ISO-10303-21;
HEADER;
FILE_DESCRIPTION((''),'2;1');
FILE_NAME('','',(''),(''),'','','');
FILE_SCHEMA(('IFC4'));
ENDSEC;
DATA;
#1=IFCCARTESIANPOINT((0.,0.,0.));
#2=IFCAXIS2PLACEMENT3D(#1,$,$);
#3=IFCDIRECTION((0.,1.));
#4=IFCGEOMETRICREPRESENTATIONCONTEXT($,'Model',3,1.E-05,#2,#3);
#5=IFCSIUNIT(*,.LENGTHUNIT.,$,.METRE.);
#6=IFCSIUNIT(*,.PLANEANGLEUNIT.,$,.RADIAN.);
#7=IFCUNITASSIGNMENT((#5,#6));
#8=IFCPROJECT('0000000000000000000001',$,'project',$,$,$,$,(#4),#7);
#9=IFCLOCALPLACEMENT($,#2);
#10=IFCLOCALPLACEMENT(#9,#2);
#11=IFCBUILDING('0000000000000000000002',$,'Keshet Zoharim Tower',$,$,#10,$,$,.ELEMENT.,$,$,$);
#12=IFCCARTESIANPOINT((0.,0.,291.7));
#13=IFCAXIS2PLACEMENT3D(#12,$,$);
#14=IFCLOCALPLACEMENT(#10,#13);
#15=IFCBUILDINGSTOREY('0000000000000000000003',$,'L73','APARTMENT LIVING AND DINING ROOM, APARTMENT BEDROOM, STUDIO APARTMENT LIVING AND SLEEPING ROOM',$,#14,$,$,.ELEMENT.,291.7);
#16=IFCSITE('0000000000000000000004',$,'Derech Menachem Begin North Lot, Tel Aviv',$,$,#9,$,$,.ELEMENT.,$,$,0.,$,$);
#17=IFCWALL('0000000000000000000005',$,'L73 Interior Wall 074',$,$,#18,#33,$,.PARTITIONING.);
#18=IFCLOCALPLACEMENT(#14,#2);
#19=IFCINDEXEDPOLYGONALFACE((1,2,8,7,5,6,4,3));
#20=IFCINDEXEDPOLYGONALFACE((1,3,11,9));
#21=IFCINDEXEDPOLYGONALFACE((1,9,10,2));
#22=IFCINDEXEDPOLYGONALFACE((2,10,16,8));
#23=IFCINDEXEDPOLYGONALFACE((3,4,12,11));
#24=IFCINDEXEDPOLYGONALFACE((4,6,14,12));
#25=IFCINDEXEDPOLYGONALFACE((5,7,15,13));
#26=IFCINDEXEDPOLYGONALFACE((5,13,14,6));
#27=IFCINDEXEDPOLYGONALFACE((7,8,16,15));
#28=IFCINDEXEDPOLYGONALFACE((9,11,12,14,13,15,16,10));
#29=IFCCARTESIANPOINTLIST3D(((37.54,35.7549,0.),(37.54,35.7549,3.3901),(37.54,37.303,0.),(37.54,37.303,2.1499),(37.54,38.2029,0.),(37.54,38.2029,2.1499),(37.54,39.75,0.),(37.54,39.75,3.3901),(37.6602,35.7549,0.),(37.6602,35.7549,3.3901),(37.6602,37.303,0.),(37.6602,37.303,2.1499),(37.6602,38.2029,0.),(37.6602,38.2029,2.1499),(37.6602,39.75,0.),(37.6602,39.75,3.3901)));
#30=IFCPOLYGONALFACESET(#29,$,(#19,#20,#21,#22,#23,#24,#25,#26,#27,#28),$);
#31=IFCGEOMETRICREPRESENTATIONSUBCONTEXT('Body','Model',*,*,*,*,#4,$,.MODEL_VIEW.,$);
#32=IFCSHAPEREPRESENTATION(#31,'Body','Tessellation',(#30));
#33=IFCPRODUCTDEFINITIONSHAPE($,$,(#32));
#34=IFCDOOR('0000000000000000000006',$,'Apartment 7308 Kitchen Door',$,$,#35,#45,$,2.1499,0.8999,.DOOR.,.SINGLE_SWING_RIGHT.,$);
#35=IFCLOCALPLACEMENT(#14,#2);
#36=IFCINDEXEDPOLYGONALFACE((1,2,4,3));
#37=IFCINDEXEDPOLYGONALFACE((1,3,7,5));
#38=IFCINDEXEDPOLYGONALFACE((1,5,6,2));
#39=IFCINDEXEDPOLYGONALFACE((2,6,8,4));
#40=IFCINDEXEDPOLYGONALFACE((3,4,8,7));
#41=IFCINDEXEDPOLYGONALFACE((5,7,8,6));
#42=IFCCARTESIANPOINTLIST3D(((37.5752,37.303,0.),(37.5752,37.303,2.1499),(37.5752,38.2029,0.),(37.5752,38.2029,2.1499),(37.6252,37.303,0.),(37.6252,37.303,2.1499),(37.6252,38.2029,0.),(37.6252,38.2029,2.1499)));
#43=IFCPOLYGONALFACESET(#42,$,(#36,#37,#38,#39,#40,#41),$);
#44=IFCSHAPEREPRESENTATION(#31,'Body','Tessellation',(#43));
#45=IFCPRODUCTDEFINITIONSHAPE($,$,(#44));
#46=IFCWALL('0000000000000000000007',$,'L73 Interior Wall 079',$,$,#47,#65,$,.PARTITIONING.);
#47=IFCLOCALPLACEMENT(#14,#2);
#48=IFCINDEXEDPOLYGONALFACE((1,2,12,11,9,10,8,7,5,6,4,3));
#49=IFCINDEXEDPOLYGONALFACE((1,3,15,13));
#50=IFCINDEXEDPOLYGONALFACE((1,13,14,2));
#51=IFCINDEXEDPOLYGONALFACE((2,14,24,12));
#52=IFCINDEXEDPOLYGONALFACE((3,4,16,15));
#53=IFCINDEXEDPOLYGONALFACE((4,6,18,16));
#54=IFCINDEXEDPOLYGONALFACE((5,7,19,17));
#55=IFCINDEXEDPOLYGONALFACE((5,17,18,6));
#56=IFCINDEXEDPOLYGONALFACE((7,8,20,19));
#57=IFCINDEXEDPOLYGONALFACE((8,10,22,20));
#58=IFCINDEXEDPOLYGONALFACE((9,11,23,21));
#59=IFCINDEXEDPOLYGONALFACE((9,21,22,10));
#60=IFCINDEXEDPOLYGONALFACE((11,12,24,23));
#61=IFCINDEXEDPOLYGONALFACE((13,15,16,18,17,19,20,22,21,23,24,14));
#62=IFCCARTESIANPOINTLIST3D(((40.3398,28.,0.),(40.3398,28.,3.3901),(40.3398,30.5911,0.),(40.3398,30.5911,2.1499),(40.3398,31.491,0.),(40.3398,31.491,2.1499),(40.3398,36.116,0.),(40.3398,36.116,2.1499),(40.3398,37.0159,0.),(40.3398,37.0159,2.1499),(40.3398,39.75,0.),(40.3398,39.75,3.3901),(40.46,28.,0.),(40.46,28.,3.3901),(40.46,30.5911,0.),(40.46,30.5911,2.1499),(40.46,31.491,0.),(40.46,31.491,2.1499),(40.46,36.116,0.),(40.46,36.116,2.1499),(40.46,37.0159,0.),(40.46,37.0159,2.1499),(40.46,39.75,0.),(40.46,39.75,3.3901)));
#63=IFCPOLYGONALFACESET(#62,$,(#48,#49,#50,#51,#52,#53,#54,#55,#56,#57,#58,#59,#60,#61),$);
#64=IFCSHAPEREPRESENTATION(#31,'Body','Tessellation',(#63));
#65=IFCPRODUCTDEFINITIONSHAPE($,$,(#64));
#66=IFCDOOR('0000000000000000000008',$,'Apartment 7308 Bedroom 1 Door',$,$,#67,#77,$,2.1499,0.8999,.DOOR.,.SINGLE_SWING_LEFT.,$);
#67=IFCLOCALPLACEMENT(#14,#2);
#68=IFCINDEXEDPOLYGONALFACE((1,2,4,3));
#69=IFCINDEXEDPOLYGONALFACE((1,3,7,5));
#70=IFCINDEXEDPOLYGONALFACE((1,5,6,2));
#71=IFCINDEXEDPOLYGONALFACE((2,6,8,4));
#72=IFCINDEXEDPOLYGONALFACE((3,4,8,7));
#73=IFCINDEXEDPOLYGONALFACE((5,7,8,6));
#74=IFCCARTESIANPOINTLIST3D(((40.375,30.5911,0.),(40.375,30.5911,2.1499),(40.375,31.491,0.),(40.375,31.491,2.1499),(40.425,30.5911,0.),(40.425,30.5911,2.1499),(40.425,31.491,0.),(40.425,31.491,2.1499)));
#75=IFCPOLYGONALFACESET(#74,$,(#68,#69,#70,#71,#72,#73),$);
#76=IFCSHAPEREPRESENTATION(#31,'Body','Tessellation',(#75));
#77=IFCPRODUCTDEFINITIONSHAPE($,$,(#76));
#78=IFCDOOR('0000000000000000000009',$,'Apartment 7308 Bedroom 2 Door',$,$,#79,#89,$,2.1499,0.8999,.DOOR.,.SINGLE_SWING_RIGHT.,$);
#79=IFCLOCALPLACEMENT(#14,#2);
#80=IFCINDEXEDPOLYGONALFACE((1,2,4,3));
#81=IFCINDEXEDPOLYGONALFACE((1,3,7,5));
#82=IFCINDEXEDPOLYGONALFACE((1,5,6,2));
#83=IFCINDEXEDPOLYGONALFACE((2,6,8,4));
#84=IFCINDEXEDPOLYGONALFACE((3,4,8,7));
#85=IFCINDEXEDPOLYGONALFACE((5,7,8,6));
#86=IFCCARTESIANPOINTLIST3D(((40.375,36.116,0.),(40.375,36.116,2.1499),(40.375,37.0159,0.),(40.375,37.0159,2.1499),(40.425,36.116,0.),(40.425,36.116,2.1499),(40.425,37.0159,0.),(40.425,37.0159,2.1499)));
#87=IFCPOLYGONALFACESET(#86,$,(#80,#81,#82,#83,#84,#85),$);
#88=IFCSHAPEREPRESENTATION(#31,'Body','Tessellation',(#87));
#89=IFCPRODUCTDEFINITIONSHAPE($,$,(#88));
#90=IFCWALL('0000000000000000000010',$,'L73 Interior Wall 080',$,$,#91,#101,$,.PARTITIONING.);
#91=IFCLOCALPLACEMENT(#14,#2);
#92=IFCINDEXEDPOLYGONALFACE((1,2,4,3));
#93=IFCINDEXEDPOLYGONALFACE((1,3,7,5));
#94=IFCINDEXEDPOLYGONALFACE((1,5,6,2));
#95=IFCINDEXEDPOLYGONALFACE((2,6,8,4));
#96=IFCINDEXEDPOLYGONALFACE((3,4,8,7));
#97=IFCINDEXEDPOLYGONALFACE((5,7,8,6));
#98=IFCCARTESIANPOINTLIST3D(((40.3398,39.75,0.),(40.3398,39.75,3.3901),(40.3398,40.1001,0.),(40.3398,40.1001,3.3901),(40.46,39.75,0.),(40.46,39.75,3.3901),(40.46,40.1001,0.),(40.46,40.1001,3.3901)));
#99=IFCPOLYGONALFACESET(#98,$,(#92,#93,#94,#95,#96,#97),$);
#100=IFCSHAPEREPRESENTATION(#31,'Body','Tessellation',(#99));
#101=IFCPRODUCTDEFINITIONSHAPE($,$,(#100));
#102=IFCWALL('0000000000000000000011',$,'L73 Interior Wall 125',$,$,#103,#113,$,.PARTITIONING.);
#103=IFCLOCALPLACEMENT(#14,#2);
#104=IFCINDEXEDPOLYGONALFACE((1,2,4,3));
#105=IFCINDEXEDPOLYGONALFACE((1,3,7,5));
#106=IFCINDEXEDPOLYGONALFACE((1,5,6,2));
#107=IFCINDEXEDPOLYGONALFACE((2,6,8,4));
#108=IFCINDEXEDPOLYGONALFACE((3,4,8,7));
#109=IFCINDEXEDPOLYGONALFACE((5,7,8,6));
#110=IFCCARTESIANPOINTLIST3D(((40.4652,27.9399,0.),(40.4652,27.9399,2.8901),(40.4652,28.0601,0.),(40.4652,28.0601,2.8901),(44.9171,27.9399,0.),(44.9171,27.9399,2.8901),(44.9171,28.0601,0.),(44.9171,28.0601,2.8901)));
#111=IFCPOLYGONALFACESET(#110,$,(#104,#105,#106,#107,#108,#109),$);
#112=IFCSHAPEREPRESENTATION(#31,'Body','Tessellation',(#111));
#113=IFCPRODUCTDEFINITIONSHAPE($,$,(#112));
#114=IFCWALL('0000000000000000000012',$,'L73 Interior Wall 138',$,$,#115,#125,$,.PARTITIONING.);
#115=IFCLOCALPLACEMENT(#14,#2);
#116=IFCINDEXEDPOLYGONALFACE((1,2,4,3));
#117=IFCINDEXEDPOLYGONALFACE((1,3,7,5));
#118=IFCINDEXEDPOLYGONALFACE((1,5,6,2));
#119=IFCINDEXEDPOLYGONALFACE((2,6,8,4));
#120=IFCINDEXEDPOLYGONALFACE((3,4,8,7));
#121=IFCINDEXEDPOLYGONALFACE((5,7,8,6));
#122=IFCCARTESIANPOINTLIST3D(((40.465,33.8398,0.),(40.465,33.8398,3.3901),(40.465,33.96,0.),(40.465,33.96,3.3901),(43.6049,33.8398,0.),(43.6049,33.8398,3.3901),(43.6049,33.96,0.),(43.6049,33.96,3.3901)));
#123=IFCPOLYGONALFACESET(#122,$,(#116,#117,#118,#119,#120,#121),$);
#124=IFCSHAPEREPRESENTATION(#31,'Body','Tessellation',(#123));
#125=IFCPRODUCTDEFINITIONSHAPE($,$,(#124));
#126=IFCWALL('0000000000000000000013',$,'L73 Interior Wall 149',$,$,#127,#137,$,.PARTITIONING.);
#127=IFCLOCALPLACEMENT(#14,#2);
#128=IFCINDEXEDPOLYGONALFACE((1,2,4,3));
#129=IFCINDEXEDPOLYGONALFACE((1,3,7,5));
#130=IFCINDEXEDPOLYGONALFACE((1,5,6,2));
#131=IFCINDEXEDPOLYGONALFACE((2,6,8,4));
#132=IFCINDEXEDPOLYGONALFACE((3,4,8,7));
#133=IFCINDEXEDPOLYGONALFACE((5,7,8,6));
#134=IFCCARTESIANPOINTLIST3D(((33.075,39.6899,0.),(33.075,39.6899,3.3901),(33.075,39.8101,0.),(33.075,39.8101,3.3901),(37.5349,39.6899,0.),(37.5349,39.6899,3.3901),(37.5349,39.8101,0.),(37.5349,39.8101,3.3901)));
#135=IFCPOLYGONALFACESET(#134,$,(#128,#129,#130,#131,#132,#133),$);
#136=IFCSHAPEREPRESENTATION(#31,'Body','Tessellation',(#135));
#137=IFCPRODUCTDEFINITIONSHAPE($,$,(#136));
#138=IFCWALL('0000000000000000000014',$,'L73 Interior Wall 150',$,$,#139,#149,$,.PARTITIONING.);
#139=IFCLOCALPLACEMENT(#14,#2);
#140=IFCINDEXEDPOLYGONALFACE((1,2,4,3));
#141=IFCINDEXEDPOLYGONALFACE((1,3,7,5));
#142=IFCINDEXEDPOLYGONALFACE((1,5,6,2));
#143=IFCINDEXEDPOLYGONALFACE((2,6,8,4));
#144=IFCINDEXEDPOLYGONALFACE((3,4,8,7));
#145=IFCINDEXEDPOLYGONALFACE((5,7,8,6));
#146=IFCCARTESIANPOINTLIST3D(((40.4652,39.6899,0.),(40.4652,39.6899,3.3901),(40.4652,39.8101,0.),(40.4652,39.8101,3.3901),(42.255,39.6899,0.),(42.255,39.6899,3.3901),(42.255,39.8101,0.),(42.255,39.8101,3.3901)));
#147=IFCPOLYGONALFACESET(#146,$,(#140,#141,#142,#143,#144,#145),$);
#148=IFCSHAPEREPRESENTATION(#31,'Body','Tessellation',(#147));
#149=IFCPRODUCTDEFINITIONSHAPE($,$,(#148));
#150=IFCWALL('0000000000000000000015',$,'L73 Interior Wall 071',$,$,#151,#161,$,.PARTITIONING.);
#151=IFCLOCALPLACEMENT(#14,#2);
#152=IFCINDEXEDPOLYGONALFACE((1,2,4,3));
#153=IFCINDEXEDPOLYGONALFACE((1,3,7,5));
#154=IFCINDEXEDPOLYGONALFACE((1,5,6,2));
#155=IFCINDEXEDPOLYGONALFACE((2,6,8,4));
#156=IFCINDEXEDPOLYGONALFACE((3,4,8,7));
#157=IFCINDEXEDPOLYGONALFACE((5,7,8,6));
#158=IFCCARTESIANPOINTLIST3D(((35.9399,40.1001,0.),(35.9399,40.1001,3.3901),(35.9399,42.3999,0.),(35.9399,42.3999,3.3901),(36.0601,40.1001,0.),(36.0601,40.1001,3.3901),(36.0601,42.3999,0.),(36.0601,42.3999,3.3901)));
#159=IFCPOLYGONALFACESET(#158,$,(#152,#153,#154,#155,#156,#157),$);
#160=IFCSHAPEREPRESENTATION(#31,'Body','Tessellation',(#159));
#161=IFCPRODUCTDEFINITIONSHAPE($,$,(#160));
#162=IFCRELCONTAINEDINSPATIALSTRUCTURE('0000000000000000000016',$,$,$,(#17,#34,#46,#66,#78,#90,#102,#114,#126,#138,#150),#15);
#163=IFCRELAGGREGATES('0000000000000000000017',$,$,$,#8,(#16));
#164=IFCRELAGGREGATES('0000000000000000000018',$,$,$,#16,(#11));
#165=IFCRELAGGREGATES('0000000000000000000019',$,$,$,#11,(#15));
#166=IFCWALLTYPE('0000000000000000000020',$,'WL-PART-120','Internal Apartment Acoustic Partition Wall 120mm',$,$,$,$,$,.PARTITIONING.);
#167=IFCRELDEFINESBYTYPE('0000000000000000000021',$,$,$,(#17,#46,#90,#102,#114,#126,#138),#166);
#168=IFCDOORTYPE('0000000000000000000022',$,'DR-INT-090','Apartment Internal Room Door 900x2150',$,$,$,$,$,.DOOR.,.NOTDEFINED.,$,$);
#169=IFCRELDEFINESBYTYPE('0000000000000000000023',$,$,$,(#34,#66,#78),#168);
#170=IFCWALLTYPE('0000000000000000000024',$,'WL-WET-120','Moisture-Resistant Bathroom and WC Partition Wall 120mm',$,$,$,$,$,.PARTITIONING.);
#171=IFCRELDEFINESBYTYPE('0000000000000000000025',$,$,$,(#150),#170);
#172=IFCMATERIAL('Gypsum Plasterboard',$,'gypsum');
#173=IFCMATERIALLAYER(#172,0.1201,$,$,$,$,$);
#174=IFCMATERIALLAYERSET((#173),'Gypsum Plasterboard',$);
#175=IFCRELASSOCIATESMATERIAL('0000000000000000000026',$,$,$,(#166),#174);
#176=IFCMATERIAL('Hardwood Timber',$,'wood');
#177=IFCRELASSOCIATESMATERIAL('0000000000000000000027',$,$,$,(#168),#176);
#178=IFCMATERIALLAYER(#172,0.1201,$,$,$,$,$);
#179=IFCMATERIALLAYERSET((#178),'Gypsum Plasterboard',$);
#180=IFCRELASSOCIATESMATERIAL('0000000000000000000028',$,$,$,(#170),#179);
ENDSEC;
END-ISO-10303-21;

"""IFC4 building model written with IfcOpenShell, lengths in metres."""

from ifc_helpers import new_model, si_unit, direction, frame, frame_2d, origin, place, context, subcontext, project, spatial, rectangle, extrude, material, layer, layer_set, type_object, element, fill, save


model = new_model("IFC4")

# Units and contexts
model_context = context("Model", 3, precision=1e-05, world=origin(), true_north=direction((0.0, 1.0)))
body_context = subcontext(model_context, "Body", "Model", "MODEL_VIEW")
ifc_project = project(units=[si_unit("LENGTHUNIT", "METRE"), si_unit("PLANEANGLEUNIT", "RADIAN")], contexts=[model_context])

# Site, building, storey
site_placement = place(None, origin())
site = spatial("IfcSite", under=ifc_project, at=site_placement, Name="Derech Menachem Begin North Lot, Tel Aviv", CompositionType="ELEMENT", RefElevation=0.0)
building_placement = place(site_placement, origin())
building = spatial("IfcBuilding", under=site, at=building_placement, Name="Keshet Zoharim Tower", CompositionType="ELEMENT")
storey_placement = place(building_placement, frame((0.0, 0.0, 291.7)))
storey = spatial("IfcBuildingStorey", under=building, at=storey_placement, Name="L73", Description="APARTMENT LIVING AND DINING ROOM, APARTMENT BEDROOM, STUDIO APARTMENT LIVING AND SLEEPING ROOM", CompositionType="ELEMENT", Elevation=291.7)

# Shared definitions
ifc_material_1 = material(Name="Gypsum Plasterboard", Category="gypsum")

# Shared definitions
ifc_material_2 = material(Name="Hardwood Timber", Category="wood")

# Wall, opening, door
ifc_layer_1 = layer(ifc_material_1, 0.1201)
ifc_layer_set_1 = layer_set([ifc_layer_1], Name="Gypsum Plasterboard")
wall_type_1 = type_object("IfcWallType", Name="WL-PART-120", Description="Internal Apartment Acoustic Partition Wall 120mm", PredefinedType="PARTITIONING", material=ifc_layer_set_1)
wall_1_placement = place(storey_placement, frame((37.6001, 35.7549, 0.0), z_axis=(0.0, 0.0, 1.0), x_axis=(0.0, 1.0, 0.0)))
wall_1 = element("IfcWall", 1, at=wall_1_placement, inside=storey, type_object=wall_type_1, Name="L73 Interior Wall 074", PredefinedType="PARTITIONING", context=body_context, shape_type="SweptSolid", body=[
    extrude(rectangle(XDim=3.9951, YDim=0.1201, at=frame_2d((1.9976, 0.0))), origin(), (0.0, 0.0, 1.0), 3.3901),
])
opening_1_placement = place(wall_1_placement, frame((1.5481, 0.0, 0.0)))
opening_1 = element("IfcOpeningElement", 2, at=opening_1_placement, cuts=wall_1, PredefinedType="OPENING", context=body_context, shape_type="SweptSolid", body=[
    extrude(rectangle(XDim=0.8999, YDim=2.1499, at=frame_2d((0.45, 1.075))), frame((0.0, 0.0701, 0.0), z_axis=(0.0, -1.0, 0.0), x_axis=(1.0, 0.0, 0.0)), (0.0, 0.0, 1.0), 0.1401),
])
door_type_1 = type_object("IfcDoorType", Name="DR-INT-090", Description="Apartment Internal Room Door 900x2150", OperationType="NOTDEFINED", PredefinedType="DOOR", material=ifc_material_2)
door_1_placement = place(opening_1_placement, origin())
door_1 = element("IfcDoor", 3, at=door_1_placement, inside=storey, type_object=door_type_1, Name="Apartment 7308 Kitchen Door", OperationType="SINGLE_SWING_RIGHT", OverallHeight=2.1499, OverallWidth=0.8999, PredefinedType="DOOR", context=body_context, shape_type="SweptSolid", body=[
    extrude(rectangle(XDim=0.8999, YDim=2.1499, at=frame_2d((0.45, 1.075))), frame((0.0, 0.0249, 0.0), z_axis=(0.0, -1.0, 0.0), x_axis=(1.0, 0.0, 0.0)), (0.0, 0.0, 1.0), 0.05),
])
fill(opening_1, door_1)

# Wall, openings, doors
wall_2_placement = place(storey_placement, frame((40.3999, 28.0, 0.0), z_axis=(0.0, 0.0, 1.0), x_axis=(0.0, 1.0, 0.0)))
wall_2 = element("IfcWall", 4, at=wall_2_placement, inside=storey, type_object=wall_type_1, Name="L73 Interior Wall 079", PredefinedType="PARTITIONING", context=body_context, shape_type="SweptSolid", body=[
    extrude(rectangle(XDim=11.75, YDim=0.1201, at=frame_2d((5.875, 0.0))), origin(), (0.0, 0.0, 1.0), 3.3901),
])
opening_2_placement = place(wall_2_placement, frame((2.5911, 0.0, 0.0)))
opening_2 = element("IfcOpeningElement", 5, at=opening_2_placement, cuts=wall_2, PredefinedType="OPENING", context=body_context, shape_type="SweptSolid", body=[
    extrude(rectangle(XDim=0.8999, YDim=2.1499, at=frame_2d((0.45, 1.075))), frame((0.0, 0.0701, 0.0), z_axis=(0.0, -1.0, 0.0), x_axis=(1.0, 0.0, 0.0)), (0.0, 0.0, 1.0), 0.1401),
])
opening_3_placement = place(wall_2_placement, frame((8.116, 0.0, 0.0)))
opening_3 = element("IfcOpeningElement", 6, at=opening_3_placement, cuts=wall_2, PredefinedType="OPENING", context=body_context, shape_type="SweptSolid", body=[
    extrude(rectangle(XDim=0.8999, YDim=2.1499, at=frame_2d((0.45, 1.075))), frame((0.0, 0.0701, 0.0), z_axis=(0.0, -1.0, 0.0), x_axis=(1.0, 0.0, 0.0)), (0.0, 0.0, 1.0), 0.1401),
])
door_2_placement = place(opening_2_placement, origin())
door_2 = element("IfcDoor", 7, at=door_2_placement, inside=storey, type_object=door_type_1, Name="Apartment 7308 Bedroom 1 Door", OperationType="SINGLE_SWING_LEFT", OverallHeight=2.1499, OverallWidth=0.8999, PredefinedType="DOOR", context=body_context, shape_type="SweptSolid", body=[
    extrude(rectangle(XDim=0.8999, YDim=2.1499, at=frame_2d((0.45, 1.075))), frame((0.0, 0.0249, 0.0), z_axis=(0.0, -1.0, 0.0), x_axis=(1.0, 0.0, 0.0)), (0.0, 0.0, 1.0), 0.05),
])
fill(opening_2, door_2)
door_3_placement = place(opening_3_placement, origin())
door_3 = element("IfcDoor", 8, at=door_3_placement, inside=storey, type_object=door_type_1, Name="Apartment 7308 Bedroom 2 Door", OperationType="SINGLE_SWING_RIGHT", OverallHeight=2.1499, OverallWidth=0.8999, PredefinedType="DOOR", context=body_context, shape_type="SweptSolid", body=[
    extrude(rectangle(XDim=0.8999, YDim=2.1499, at=frame_2d((0.45, 1.075))), frame((0.0, 0.0249, 0.0), z_axis=(0.0, -1.0, 0.0), x_axis=(1.0, 0.0, 0.0)), (0.0, 0.0, 1.0), 0.05),
])
fill(opening_3, door_3)

# Walls
wall_3_placement = place(storey_placement, frame((40.3999, 39.75, 0.0), z_axis=(0.0, 0.0, 1.0), x_axis=(0.0, 1.0, 0.0)))
element("IfcWall", 9, at=wall_3_placement, inside=storey, type_object=wall_type_1, Name="L73 Interior Wall 080", PredefinedType="PARTITIONING", context=body_context, shape_type="SweptSolid", body=[
    extrude(rectangle(XDim=0.3501, YDim=0.1201, at=frame_2d((0.175, 0.0))), origin(), (0.0, 0.0, 1.0), 3.3901),
])
wall_4_placement = place(storey_placement, frame((40.4651, 28.0, 0.0), z_axis=(0.0, 0.0, 1.0), x_axis=(1.0, 0.0, 0.0)))
element("IfcWall", 10, at=wall_4_placement, inside=storey, type_object=wall_type_1, Name="L73 Interior Wall 125", PredefinedType="PARTITIONING", context=body_context, shape_type="SweptSolid", body=[
    extrude(rectangle(XDim=4.4519, YDim=0.1201, at=frame_2d((2.2261, 0.0))), origin(), (0.0, 0.0, 1.0), 2.8901),
])
wall_5_placement = place(storey_placement, frame((40.4651, 33.8999, 0.0), z_axis=(0.0, 0.0, 1.0), x_axis=(1.0, 0.0, 0.0)))
element("IfcWall", 11, at=wall_5_placement, inside=storey, type_object=wall_type_1, Name="L73 Interior Wall 138", PredefinedType="PARTITIONING", context=body_context, shape_type="SweptSolid", body=[
    extrude(rectangle(XDim=3.1399, YDim=0.1201, at=frame_2d((1.5698, 0.0))), origin(), (0.0, 0.0, 1.0), 3.3901),
])
wall_6_placement = place(storey_placement, frame((33.075, 39.75, 0.0), z_axis=(0.0, 0.0, 1.0), x_axis=(1.0, 0.0, 0.0)))
element("IfcWall", 12, at=wall_6_placement, inside=storey, type_object=wall_type_1, Name="L73 Interior Wall 149", PredefinedType="PARTITIONING", context=body_context, shape_type="SweptSolid", body=[
    extrude(rectangle(XDim=4.46, YDim=0.1201, at=frame_2d((2.23, 0.0))), origin(), (0.0, 0.0, 1.0), 3.3901),
])
wall_7_placement = place(storey_placement, frame((40.4651, 39.75, 0.0), z_axis=(0.0, 0.0, 1.0), x_axis=(1.0, 0.0, 0.0)))
element("IfcWall", 13, at=wall_7_placement, inside=storey, type_object=wall_type_1, Name="L73 Interior Wall 150", PredefinedType="PARTITIONING", context=body_context, shape_type="SweptSolid", body=[
    extrude(rectangle(XDim=1.7898, YDim=0.1201, at=frame_2d((0.895, 0.0))), origin(), (0.0, 0.0, 1.0), 3.3901),
])
ifc_layer_2 = layer(ifc_material_1, 0.1201)
ifc_layer_set_2 = layer_set([ifc_layer_2], Name="Gypsum Plasterboard")
wall_type_2 = type_object("IfcWallType", Name="WL-WET-120", Description="Moisture-Resistant Bathroom and WC Partition Wall 120mm", PredefinedType="PARTITIONING", material=ifc_layer_set_2)
wall_8_placement = place(storey_placement, frame((36.0, 40.1001, 0.0), z_axis=(0.0, 0.0, 1.0), x_axis=(0.0, 1.0, 0.0)))
element("IfcWall", 14, at=wall_8_placement, inside=storey, type_object=wall_type_2, Name="L73 Interior Wall 071", PredefinedType="PARTITIONING", context=body_context, shape_type="SweptSolid", body=[
    extrude(rectangle(XDim=2.2998, YDim=0.1201, at=frame_2d((1.1499, 0.0))), origin(), (0.0, 0.0, 1.0), 3.3901),
])

save(model, "model.ifc")
